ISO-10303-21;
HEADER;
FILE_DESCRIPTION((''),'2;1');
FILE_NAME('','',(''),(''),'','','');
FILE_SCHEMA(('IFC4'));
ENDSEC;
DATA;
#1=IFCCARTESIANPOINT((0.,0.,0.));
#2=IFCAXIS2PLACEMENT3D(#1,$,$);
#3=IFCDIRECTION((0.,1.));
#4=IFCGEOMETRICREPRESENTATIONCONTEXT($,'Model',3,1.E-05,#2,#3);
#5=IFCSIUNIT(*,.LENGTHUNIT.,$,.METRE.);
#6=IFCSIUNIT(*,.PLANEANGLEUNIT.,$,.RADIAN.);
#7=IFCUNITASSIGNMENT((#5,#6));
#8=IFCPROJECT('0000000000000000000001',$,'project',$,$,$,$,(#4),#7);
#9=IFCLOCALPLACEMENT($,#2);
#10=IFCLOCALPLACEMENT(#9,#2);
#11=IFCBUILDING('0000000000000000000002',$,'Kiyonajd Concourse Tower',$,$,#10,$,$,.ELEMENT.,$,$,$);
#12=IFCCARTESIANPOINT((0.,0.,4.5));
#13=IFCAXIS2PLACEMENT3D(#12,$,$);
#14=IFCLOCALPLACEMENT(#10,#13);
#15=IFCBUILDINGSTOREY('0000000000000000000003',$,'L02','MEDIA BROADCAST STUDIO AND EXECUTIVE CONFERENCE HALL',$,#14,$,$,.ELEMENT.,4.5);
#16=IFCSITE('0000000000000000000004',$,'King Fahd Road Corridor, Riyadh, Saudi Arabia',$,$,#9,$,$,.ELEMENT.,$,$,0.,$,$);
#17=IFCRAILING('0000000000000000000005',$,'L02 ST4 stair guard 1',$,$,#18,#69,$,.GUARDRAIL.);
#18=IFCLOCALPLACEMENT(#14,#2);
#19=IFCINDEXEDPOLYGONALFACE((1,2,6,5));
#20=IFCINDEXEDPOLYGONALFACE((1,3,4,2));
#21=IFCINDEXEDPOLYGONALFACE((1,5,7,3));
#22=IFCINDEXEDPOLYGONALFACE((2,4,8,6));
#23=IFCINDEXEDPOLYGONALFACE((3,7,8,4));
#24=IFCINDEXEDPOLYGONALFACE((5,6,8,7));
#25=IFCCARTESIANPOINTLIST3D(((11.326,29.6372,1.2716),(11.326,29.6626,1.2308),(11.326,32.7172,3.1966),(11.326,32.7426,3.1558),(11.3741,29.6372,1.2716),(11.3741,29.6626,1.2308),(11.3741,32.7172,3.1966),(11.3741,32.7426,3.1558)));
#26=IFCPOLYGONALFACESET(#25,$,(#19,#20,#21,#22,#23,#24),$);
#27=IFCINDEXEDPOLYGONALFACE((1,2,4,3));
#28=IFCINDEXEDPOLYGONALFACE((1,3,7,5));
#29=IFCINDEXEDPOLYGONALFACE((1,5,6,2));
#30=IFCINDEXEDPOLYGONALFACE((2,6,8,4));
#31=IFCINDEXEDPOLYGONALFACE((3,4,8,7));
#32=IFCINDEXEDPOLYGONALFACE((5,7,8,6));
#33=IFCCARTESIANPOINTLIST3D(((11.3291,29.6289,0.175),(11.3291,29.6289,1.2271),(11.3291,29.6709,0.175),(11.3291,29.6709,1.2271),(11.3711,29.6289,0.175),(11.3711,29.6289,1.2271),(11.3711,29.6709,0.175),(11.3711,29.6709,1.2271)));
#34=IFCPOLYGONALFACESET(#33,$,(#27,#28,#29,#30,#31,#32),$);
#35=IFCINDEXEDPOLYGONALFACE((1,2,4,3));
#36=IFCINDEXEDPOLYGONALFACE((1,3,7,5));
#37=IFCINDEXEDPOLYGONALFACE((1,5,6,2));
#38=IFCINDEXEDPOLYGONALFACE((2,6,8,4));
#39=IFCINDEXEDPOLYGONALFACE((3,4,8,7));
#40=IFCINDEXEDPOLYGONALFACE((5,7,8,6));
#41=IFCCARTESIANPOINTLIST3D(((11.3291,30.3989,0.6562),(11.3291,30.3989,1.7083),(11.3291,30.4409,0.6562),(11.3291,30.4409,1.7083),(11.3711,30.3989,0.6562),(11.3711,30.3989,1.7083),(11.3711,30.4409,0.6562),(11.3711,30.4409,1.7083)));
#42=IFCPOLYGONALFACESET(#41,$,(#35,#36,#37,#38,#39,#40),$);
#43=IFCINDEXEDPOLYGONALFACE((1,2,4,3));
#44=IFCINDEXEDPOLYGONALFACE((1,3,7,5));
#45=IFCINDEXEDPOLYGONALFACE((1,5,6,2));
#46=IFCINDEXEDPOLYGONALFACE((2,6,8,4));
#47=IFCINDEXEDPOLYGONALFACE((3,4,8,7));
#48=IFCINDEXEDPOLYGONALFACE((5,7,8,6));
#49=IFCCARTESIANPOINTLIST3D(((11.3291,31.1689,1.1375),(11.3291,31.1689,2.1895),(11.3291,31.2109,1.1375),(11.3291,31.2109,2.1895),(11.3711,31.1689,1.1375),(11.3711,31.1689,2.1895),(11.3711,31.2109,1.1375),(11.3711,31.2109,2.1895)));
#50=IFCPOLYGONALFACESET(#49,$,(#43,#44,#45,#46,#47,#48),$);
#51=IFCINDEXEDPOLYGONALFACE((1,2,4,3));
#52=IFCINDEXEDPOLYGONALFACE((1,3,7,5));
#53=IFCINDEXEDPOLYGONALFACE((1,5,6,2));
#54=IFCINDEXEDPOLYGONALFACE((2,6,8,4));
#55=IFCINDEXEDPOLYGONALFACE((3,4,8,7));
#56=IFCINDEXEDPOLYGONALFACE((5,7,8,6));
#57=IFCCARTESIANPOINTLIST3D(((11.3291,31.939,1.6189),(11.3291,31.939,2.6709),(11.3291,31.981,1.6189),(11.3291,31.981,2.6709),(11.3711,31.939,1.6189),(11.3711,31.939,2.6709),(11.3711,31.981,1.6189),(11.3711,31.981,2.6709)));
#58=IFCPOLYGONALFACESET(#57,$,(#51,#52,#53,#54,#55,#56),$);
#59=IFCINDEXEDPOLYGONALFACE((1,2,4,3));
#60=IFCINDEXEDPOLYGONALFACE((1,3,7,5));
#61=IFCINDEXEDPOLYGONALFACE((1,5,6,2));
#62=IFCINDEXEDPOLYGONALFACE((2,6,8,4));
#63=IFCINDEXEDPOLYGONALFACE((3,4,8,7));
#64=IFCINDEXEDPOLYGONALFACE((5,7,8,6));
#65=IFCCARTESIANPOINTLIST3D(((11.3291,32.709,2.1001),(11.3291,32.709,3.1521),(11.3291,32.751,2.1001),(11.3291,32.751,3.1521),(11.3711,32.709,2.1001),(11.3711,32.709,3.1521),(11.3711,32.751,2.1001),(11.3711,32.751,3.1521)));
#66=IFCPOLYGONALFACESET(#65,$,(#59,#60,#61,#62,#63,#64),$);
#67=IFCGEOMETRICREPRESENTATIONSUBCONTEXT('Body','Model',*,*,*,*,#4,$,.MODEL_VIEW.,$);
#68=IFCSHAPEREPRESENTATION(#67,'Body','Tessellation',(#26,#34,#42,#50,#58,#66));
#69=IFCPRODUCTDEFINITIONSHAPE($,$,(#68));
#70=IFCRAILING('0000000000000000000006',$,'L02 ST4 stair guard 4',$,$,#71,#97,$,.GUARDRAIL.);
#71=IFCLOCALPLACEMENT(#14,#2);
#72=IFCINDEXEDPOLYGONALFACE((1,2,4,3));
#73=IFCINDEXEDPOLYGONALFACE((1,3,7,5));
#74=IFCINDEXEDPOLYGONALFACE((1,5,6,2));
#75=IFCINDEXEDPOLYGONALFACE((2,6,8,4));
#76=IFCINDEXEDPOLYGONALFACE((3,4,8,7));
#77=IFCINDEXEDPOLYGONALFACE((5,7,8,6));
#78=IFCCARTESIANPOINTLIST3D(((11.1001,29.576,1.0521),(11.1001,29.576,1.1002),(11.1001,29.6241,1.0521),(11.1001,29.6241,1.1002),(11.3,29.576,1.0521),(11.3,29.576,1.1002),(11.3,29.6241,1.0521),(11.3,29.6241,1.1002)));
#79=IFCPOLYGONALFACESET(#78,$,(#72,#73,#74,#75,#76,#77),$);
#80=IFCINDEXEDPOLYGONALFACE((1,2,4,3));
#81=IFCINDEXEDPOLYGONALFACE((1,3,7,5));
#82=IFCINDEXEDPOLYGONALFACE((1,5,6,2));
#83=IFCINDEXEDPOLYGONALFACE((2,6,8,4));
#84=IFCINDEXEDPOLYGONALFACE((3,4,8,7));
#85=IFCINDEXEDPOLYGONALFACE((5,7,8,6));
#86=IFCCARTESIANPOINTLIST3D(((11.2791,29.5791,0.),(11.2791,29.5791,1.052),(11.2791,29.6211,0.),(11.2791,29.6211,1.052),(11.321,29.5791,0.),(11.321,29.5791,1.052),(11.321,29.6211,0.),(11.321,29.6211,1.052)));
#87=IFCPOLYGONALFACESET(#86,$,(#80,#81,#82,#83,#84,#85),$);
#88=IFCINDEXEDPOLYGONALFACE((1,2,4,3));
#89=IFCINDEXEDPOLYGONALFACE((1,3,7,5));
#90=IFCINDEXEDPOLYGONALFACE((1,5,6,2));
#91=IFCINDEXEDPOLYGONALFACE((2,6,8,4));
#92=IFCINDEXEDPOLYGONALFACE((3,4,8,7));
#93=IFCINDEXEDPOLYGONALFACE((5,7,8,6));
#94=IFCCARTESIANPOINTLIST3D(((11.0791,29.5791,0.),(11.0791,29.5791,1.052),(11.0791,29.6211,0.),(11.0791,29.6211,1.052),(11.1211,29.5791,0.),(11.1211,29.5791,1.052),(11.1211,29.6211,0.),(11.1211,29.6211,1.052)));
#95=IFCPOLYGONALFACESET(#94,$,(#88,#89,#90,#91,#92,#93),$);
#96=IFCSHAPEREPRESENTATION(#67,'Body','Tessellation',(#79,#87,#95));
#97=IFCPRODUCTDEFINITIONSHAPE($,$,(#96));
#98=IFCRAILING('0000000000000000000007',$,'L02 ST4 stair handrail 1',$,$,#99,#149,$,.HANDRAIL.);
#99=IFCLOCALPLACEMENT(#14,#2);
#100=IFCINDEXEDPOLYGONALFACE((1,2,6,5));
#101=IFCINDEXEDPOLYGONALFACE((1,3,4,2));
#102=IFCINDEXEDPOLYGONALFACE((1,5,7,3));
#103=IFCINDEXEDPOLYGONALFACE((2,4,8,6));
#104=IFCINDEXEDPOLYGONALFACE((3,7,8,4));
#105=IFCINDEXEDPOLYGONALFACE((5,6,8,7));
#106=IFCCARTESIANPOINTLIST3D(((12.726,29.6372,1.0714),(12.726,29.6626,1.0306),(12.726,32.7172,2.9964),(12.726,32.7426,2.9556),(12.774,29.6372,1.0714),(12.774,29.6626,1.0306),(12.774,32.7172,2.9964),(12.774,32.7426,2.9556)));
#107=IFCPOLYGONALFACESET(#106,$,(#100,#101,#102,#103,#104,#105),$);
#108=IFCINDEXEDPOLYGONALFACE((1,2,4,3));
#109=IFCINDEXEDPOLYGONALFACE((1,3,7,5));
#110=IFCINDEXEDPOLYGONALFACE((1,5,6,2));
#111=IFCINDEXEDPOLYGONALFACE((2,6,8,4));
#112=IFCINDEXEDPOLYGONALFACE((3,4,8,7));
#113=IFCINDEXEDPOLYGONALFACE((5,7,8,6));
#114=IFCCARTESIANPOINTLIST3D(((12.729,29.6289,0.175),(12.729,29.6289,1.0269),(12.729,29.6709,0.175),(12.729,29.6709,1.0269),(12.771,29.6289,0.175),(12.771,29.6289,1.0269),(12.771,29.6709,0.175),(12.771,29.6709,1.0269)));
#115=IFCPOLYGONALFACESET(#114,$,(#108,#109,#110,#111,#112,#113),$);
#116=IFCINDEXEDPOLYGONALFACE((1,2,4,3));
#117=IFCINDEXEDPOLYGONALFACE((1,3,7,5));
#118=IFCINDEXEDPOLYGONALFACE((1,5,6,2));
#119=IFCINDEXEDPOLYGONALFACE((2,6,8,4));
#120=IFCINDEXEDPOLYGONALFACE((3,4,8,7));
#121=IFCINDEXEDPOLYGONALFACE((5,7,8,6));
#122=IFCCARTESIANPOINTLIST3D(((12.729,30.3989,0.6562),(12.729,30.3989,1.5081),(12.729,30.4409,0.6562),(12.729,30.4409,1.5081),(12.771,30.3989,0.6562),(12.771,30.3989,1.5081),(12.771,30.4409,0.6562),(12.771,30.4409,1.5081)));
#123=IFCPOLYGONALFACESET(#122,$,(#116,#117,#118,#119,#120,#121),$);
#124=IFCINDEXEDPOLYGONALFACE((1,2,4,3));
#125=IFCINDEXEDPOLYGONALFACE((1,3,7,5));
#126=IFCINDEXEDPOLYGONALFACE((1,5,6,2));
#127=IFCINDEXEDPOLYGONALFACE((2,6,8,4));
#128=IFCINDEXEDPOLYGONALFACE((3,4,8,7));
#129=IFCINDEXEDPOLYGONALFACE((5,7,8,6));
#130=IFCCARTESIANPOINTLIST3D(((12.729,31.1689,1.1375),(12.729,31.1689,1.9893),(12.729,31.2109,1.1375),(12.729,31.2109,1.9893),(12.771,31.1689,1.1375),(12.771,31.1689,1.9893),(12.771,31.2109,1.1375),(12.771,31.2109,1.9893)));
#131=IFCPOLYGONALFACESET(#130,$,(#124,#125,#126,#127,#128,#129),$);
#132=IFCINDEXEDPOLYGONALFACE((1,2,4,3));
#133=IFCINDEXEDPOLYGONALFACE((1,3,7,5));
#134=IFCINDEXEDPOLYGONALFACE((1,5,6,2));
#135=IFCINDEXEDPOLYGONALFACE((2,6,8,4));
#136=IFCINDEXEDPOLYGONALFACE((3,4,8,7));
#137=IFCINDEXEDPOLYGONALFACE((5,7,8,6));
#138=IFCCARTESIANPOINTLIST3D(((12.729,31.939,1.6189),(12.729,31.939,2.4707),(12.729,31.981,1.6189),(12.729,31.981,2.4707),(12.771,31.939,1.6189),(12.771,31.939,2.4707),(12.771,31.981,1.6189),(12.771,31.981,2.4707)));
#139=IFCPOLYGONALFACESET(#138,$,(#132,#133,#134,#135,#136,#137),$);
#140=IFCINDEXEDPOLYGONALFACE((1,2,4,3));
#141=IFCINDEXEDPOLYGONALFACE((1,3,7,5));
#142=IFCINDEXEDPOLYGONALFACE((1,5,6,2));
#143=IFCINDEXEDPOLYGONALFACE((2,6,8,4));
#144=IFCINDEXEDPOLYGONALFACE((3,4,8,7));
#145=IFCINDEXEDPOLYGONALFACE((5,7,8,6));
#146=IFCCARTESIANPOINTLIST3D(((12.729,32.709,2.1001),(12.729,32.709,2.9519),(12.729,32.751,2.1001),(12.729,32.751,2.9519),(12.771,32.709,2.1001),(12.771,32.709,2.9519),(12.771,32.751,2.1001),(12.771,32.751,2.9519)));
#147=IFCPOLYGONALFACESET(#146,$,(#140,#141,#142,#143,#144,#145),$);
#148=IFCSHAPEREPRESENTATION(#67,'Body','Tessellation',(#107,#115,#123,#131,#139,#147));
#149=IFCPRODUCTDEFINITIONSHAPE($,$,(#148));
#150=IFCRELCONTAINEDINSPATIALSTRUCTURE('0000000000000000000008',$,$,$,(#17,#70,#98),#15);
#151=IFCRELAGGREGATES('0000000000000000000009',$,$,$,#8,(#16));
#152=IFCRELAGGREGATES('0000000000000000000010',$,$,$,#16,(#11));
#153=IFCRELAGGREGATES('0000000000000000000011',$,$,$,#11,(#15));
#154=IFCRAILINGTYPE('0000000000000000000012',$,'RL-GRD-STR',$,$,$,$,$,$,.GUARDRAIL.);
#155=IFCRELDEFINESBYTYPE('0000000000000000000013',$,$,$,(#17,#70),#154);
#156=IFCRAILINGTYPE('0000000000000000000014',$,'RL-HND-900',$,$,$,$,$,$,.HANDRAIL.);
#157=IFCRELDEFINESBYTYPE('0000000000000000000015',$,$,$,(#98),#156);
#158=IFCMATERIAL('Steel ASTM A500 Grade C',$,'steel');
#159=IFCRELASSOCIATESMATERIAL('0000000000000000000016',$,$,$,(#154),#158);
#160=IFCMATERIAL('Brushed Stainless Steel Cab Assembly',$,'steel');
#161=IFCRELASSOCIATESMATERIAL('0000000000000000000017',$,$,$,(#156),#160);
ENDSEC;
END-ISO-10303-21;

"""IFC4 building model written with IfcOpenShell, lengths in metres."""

from ifc_helpers import new_model, si_unit, direction, frame, origin, origin_2d, place, context, subcontext, project, spatial, rectangle, extrude, material, type_object, element, save


model = new_model("IFC4")

# Units and contexts
model_context = context("Model", 3, precision=1e-05, world=origin(), true_north=direction((0.0, 1.0)))
body_context = subcontext(model_context, "Body", "Model", "MODEL_VIEW")
ifc_project = project(units=[si_unit("LENGTHUNIT", "METRE"), si_unit("PLANEANGLEUNIT", "RADIAN")], contexts=[model_context])

# Site, building, storey
site_placement = place(None, origin())
site = spatial("IfcSite", under=ifc_project, at=site_placement, Name="King Fahd Road Corridor, Riyadh, Saudi Arabia", CompositionType="ELEMENT", RefElevation=0.0)
building_placement = place(site_placement, origin())
building = spatial("IfcBuilding", under=site, at=building_placement, Name="Kiyonajd Concourse Tower", CompositionType="ELEMENT")
storey_placement = place(building_placement, frame((0.0, 0.0, 4.5)))
storey = spatial("IfcBuildingStorey", under=building, at=storey_placement, Name="L02", Description="MEDIA BROADCAST STUDIO AND EXECUTIVE CONFERENCE HALL", CompositionType="ELEMENT", Elevation=4.5)

# Shared definitions
ifc_material_1 = material(Name="Brushed Stainless Steel Cab Assembly", Category="steel")

# Railings
ifc_material_2 = material(Name="Steel ASTM A500 Grade C", Category="steel")
railing_type_1 = type_object("IfcRailingType", Name="RL-GRD-STR", PredefinedType="GUARDRAIL", material=ifc_material_2)
railing_1_placement = place(storey_placement, frame((11.3501, 29.6499, 0.175)))
element("IfcRailing", 1, at=railing_1_placement, inside=storey, type_object=railing_type_1, Name="L02 ST4 stair guard 1", PredefinedType="GUARDRAIL", context=body_context, shape_type="SweptSolid", body=[
    extrude(rectangle(XDim=0.0481, YDim=0.0481, at=origin_2d()), frame((0.0, 0.0, 1.0762), z_axis=(0.0, 0.847998, 0.529999), x_axis=(-1.0, 0.0, 0.0)), (0.0, 0.0, 1.0), 3.6321),
    extrude(rectangle(XDim=0.042, YDim=0.042, at=origin_2d()), origin(), (0.0, 0.0, 1.0), 1.052),
    extrude(rectangle(XDim=0.042, YDim=0.042, at=origin_2d()), frame((0.0, 0.77, 0.4812)), (0.0, 0.0, 1.0), 1.052),
    extrude(rectangle(XDim=0.042, YDim=0.042, at=origin_2d()), frame((0.0, 1.54, 0.9624)), (0.0, 0.0, 1.0), 1.052),
    extrude(rectangle(XDim=0.042, YDim=0.042, at=origin_2d()), frame((0.0, 2.3101, 1.4438)), (0.0, 0.0, 1.0), 1.052),
    extrude(rectangle(XDim=0.042, YDim=0.042, at=origin_2d()), frame((0.0, 3.0801, 1.925)), (0.0, 0.0, 1.0), 1.052),
])
railing_2_placement = place(storey_placement, frame((11.3, 29.6001, 0.0)))
element("IfcRailing", 2, at=railing_2_placement, inside=storey, type_object=railing_type_1, Name="L02 ST4 stair guard 4", PredefinedType="GUARDRAIL", context=body_context, shape_type="SweptSolid", body=[
    extrude(rectangle(XDim=0.0481, YDim=0.0481, at=origin_2d()), frame((0.0, 0.0, 1.0762), z_axis=(-1.0, 0.0, 0.0), x_axis=(0.0, -1.0, 0.0)), (0.0, 0.0, 1.0), 0.2),
    extrude(rectangle(XDim=0.042, YDim=0.042, at=origin_2d()), origin(), (0.0, 0.0, 1.0), 1.052),
    extrude(rectangle(XDim=0.042, YDim=0.042, at=origin_2d()), frame((-0.2, 0.0, 0.0)), (0.0, 0.0, 1.0), 1.052),
])
railing_type_2 = type_object("IfcRailingType", Name="RL-HND-900", PredefinedType="HANDRAIL", material=ifc_material_1)
railing_3_placement = place(storey_placement, frame((12.75, 29.6499, 0.175)))
element("IfcRailing", 3, at=railing_3_placement, inside=storey, type_object=railing_type_2, Name="L02 ST4 stair handrail 1", PredefinedType="HANDRAIL", context=body_context, shape_type="SweptSolid", body=[
    extrude(rectangle(XDim=0.0481, YDim=0.0481, at=origin_2d()), frame((0.0, 0.0, 0.876), z_axis=(0.0, 0.847998, 0.529999), x_axis=(-1.0, 0.0, 0.0)), (0.0, 0.0, 1.0), 3.6321),
    extrude(rectangle(XDim=0.042, YDim=0.042, at=origin_2d()), origin(), (0.0, 0.0, 1.0), 0.8518),
    extrude(rectangle(XDim=0.042, YDim=0.042, at=origin_2d()), frame((0.0, 0.77, 0.4812)), (0.0, 0.0, 1.0), 0.8518),
    extrude(rectangle(XDim=0.042, YDim=0.042, at=origin_2d()), frame((0.0, 1.54, 0.9624)), (0.0, 0.0, 1.0), 0.8518),
    extrude(rectangle(XDim=0.042, YDim=0.042, at=origin_2d()), frame((0.0, 2.3101, 1.4438)), (0.0, 0.0, 1.0), 0.8518),
    extrude(rectangle(XDim=0.042, YDim=0.042, at=origin_2d()), frame((0.0, 3.0801, 1.925)), (0.0, 0.0, 1.0), 0.8518),
])

save(model, "model.ifc")
